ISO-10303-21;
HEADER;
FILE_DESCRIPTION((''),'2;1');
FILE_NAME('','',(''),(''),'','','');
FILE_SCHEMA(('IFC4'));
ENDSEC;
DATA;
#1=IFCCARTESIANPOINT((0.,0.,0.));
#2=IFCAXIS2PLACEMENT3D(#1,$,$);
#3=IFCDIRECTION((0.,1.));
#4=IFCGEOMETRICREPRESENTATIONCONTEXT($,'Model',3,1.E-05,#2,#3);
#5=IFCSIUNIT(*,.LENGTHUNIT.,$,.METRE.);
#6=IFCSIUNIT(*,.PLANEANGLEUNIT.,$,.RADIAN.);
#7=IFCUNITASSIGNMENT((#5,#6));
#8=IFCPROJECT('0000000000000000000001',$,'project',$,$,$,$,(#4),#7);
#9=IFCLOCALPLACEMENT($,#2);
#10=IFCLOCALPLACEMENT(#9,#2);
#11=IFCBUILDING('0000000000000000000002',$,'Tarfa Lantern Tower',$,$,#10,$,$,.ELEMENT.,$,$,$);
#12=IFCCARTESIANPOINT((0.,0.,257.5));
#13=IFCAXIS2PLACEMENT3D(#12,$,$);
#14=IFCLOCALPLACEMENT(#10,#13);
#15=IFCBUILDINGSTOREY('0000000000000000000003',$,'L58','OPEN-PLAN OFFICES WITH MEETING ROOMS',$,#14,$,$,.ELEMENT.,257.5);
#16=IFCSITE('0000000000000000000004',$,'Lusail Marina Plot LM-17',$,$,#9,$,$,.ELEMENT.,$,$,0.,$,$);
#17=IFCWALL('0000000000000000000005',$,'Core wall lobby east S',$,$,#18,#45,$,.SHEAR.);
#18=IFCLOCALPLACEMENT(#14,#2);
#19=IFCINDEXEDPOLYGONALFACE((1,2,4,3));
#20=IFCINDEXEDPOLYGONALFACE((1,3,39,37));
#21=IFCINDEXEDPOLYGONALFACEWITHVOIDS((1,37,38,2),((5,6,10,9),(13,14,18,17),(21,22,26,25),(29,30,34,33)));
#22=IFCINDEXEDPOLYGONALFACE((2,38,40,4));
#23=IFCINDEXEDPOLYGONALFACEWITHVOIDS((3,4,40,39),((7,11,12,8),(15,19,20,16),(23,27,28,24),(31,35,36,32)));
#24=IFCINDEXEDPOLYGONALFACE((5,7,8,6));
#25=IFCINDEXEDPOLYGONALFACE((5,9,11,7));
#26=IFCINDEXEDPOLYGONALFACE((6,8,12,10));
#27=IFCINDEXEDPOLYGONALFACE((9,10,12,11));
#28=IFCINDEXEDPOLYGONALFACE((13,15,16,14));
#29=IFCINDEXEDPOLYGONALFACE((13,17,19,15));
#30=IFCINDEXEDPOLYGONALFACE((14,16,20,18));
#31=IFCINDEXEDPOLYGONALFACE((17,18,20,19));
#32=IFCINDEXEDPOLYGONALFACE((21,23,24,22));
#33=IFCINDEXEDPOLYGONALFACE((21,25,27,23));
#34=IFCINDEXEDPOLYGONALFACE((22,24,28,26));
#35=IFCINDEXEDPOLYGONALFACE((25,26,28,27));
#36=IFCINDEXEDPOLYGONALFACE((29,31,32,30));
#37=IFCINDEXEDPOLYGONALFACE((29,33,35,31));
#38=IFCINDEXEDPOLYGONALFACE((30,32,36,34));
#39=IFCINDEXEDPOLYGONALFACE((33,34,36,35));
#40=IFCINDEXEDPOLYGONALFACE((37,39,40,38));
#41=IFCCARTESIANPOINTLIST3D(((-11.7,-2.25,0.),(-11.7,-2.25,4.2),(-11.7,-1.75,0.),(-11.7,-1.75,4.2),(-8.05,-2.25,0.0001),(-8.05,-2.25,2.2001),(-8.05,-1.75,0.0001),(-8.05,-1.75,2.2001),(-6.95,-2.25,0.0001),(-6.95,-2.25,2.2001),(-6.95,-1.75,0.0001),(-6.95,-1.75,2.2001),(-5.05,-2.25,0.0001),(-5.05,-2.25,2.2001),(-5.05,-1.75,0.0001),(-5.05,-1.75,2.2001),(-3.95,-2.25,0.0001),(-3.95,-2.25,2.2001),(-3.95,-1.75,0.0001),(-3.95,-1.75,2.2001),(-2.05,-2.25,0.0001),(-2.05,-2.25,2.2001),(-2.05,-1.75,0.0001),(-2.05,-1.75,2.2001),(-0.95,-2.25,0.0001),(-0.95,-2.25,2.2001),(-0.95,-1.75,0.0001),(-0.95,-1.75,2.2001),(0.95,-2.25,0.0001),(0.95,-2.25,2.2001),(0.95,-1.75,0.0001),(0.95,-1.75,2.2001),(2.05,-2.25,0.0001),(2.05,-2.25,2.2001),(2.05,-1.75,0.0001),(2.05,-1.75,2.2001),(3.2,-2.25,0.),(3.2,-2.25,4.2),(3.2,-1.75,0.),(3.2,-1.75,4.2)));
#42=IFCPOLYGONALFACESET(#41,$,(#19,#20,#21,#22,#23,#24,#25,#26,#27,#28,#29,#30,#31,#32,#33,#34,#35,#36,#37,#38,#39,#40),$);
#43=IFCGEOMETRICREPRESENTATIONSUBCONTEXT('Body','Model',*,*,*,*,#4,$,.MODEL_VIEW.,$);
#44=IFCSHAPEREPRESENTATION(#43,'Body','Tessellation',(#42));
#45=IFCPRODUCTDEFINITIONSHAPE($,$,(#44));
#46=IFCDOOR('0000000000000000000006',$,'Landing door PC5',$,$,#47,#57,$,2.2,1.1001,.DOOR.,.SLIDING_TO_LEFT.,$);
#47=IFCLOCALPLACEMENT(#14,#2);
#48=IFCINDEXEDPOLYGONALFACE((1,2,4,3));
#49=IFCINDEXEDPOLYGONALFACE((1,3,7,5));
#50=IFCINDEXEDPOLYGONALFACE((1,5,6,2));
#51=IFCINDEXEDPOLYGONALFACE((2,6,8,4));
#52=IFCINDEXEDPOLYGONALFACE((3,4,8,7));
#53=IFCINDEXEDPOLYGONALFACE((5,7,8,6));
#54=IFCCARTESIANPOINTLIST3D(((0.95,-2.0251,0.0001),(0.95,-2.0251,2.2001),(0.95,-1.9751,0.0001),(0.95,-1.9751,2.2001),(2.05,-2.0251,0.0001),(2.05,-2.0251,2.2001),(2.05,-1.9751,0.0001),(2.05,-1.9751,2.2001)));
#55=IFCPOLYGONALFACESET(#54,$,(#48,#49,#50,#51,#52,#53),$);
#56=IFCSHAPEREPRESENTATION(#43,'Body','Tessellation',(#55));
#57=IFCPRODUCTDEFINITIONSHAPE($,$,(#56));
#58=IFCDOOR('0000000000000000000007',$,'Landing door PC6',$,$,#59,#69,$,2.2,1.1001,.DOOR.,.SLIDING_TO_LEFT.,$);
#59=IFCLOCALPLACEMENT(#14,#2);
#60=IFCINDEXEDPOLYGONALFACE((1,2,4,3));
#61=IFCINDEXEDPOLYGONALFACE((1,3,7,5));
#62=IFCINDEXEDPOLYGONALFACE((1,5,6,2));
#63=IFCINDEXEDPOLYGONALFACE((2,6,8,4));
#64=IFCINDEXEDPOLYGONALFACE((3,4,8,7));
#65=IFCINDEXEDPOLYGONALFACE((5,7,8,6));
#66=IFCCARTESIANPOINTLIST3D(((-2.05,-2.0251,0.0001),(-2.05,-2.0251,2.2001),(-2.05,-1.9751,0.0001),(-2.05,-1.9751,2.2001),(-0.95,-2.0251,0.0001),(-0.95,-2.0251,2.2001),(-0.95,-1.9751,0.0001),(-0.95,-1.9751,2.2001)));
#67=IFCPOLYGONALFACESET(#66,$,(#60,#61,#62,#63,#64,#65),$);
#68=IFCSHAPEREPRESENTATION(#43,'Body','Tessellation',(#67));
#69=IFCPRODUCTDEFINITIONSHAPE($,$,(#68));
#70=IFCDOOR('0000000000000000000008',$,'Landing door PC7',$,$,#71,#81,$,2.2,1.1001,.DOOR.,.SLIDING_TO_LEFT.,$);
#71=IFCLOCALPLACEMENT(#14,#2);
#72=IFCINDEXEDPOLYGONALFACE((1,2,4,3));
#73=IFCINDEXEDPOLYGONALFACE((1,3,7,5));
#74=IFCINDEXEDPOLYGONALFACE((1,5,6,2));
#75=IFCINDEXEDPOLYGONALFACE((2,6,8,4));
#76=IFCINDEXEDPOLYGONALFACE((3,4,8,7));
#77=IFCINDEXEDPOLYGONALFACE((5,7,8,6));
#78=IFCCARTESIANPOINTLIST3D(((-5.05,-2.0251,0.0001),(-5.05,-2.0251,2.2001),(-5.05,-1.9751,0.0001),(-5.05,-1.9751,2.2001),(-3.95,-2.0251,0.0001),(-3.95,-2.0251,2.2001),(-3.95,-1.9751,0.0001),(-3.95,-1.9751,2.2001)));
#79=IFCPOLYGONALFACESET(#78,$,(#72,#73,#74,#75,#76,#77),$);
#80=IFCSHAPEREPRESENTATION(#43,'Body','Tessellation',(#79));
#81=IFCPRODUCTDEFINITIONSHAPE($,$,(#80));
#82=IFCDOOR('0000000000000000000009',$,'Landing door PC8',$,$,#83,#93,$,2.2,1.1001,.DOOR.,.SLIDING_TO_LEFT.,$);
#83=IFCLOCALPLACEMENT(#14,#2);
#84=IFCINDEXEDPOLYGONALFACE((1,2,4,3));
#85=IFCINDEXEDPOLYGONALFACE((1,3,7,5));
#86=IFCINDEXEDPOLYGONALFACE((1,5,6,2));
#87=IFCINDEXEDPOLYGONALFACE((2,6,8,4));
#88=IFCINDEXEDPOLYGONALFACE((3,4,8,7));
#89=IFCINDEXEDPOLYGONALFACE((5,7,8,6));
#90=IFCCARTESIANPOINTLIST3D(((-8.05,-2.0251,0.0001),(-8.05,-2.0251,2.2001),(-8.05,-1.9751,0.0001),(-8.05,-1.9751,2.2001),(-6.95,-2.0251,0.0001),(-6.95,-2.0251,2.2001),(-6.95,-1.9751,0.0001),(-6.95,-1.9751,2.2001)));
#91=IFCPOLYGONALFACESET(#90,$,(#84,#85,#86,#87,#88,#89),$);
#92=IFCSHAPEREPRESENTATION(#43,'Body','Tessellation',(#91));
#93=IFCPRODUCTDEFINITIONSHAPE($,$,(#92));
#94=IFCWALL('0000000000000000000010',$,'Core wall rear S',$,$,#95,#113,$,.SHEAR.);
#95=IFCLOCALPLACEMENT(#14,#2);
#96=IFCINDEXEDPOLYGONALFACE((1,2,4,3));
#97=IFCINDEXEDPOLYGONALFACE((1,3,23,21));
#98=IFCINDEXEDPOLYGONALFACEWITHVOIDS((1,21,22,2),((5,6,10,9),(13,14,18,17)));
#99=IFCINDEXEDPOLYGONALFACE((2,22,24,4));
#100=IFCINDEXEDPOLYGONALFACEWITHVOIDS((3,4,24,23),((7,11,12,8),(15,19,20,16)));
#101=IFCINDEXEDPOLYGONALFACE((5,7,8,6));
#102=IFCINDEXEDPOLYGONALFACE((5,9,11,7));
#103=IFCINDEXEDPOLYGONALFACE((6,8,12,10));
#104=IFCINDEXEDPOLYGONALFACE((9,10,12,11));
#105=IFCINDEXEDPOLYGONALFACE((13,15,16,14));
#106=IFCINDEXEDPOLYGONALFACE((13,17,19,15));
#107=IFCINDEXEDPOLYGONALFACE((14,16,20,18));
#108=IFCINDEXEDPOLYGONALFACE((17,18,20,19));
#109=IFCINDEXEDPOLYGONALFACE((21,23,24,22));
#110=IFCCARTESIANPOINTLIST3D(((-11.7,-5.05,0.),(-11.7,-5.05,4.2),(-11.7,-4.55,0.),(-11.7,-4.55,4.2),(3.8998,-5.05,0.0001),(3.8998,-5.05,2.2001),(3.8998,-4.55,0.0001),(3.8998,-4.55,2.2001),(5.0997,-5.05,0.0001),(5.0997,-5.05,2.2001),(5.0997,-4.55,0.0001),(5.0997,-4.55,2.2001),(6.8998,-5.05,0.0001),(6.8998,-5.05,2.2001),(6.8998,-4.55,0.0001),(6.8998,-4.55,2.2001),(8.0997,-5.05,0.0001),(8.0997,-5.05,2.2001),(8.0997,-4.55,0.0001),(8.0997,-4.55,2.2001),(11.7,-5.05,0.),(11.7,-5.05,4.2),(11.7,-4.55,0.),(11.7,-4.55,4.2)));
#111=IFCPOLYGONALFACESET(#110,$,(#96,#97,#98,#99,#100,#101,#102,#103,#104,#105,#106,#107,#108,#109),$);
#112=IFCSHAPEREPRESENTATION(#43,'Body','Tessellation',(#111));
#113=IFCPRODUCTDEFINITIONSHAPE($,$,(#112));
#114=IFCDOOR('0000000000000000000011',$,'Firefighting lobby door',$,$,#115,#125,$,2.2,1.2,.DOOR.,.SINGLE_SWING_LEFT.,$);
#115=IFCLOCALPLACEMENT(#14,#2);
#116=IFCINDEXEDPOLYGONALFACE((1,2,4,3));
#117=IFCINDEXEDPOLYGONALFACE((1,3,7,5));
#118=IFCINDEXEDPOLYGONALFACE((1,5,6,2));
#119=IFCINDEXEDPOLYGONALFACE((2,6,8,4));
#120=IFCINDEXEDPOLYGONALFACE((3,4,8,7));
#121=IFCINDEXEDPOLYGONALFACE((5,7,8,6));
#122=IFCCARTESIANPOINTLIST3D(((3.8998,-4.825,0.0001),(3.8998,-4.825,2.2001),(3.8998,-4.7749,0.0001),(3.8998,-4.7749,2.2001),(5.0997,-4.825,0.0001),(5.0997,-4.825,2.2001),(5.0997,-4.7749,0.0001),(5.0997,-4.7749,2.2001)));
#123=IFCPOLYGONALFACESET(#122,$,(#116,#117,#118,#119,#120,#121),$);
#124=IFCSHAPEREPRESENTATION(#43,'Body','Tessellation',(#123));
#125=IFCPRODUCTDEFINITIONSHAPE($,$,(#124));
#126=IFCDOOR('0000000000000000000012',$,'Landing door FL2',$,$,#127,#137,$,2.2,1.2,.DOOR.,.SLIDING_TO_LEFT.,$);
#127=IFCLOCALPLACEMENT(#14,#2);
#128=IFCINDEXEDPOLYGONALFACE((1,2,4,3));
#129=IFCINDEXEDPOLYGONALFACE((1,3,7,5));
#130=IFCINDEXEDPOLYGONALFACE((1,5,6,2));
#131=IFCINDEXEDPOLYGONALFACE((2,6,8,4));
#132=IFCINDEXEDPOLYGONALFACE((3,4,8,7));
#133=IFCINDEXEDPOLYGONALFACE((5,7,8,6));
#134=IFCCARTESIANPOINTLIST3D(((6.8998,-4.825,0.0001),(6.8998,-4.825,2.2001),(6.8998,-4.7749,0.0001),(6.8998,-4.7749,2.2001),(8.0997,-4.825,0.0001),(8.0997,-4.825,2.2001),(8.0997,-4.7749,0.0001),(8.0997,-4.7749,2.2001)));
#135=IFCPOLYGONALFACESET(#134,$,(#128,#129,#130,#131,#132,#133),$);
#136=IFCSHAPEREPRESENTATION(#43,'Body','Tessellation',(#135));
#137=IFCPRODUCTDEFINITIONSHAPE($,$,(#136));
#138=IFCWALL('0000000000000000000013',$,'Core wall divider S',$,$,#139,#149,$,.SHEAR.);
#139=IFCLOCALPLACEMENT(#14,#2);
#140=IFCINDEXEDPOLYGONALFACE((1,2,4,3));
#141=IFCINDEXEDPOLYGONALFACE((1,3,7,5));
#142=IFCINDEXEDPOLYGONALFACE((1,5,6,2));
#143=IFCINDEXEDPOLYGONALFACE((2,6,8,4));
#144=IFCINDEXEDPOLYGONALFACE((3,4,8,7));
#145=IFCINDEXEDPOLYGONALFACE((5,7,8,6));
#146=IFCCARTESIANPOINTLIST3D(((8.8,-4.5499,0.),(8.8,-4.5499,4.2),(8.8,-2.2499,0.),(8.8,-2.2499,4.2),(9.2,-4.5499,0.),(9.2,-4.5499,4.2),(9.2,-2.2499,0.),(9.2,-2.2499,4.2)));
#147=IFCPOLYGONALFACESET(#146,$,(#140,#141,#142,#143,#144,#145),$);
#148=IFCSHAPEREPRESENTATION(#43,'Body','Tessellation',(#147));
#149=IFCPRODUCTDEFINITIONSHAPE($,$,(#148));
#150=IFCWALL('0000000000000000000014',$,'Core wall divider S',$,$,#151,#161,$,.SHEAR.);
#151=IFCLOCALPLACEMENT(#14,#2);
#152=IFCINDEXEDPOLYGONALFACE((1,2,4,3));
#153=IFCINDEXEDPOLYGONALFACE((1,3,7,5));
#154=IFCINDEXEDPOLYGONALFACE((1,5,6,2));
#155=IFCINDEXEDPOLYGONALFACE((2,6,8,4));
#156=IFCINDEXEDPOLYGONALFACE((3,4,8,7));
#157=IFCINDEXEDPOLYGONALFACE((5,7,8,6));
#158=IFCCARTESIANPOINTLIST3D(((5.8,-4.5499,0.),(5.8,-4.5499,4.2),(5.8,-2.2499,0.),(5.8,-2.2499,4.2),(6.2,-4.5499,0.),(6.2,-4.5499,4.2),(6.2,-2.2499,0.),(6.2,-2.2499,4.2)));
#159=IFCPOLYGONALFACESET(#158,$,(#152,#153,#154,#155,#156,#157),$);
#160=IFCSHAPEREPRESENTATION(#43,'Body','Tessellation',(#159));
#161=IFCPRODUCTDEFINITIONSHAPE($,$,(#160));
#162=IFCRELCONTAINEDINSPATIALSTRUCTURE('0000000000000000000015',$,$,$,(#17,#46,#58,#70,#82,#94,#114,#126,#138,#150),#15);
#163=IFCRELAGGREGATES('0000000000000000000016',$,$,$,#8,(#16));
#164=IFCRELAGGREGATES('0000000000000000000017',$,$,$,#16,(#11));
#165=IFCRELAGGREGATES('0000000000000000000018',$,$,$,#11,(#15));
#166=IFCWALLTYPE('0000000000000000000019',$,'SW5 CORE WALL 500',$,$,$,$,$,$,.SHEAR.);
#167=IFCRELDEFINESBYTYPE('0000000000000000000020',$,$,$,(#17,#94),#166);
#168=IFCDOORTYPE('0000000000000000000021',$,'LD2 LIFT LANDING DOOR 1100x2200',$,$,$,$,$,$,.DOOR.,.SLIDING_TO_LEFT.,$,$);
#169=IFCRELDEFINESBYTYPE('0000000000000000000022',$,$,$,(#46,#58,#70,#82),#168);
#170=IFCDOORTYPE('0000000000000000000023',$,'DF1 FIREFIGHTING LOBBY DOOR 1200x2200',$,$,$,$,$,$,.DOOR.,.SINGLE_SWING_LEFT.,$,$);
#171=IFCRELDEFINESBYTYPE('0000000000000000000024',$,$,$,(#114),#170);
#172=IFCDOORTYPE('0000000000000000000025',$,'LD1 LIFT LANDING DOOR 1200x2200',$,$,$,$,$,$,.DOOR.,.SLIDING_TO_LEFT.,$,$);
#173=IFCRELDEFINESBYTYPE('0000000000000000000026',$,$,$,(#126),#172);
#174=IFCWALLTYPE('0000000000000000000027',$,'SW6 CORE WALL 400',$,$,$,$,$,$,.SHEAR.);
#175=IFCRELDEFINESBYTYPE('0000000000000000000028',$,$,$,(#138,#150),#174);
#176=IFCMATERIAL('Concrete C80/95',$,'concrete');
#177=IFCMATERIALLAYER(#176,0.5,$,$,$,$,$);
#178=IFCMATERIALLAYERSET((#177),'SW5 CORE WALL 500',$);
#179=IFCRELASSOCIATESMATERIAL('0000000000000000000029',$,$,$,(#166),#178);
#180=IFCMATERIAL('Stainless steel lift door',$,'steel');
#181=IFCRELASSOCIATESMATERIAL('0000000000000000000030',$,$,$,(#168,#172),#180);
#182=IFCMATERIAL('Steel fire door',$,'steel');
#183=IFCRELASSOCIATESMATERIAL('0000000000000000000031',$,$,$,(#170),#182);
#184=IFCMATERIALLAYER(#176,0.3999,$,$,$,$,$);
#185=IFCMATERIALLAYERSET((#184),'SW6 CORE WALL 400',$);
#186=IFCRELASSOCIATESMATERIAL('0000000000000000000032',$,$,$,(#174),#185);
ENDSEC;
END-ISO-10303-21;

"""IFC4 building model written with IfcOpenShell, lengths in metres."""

from ifc_helpers import new_model, si_unit, direction, frame, frame_2d, origin, place, context, subcontext, project, spatial, rectangle, extrude, material, layer, layer_set, type_object, element, fill, save


model = new_model("IFC4")

# Units and contexts
model_context = context("Model", 3, precision=1e-05, world=origin(), true_north=direction((0.0, 1.0)))
body_context = subcontext(model_context, "Body", "Model", "MODEL_VIEW")
ifc_project = project(units=[si_unit("LENGTHUNIT", "METRE"), si_unit("PLANEANGLEUNIT", "RADIAN")], contexts=[model_context])

# Site, building, storey
site_placement = place(None, origin())
site = spatial("IfcSite", under=ifc_project, at=site_placement, Name="Lusail Marina Plot LM-17", CompositionType="ELEMENT", RefElevation=0.0)
building_placement = place(site_placement, origin())
building = spatial("IfcBuilding", under=site, at=building_placement, Name="Tarfa Lantern Tower", CompositionType="ELEMENT")
storey_placement = place(building_placement, frame((0.0, 0.0, 257.5)))
storey = spatial("IfcBuildingStorey", under=building, at=storey_placement, Name="L58", Description="OPEN-PLAN OFFICES WITH MEETING ROOMS", CompositionType="ELEMENT", Elevation=257.5)

# Shared definitions
ifc_material_1 = material(Name="Concrete C80/95", Category="concrete")

# Shared definitions
ifc_material_2 = material(Name="Steel fire door", Category="steel")

# Shared definitions
ifc_layer_1 = layer(ifc_material_1, 0.5)
ifc_layer_set_1 = layer_set([ifc_layer_1], Name="SW5 CORE WALL 500")
wall_type_1 = type_object("IfcWallType", Name="SW5 CORE WALL 500", PredefinedType="SHEAR", material=ifc_layer_set_1)

# Walls, openings, doors
wall_1_placement = place(storey_placement, frame((3.2, -2.0, 0.0), z_axis=(0.0, 0.0, 1.0), x_axis=(-1.0, 0.0, 0.0)))
wall_1 = element("IfcWall", 1, at=wall_1_placement, inside=storey, type_object=wall_type_1, Name="Core wall lobby east S", PredefinedType="SHEAR", context=body_context, shape_type="SweptSolid", body=[
    extrude(rectangle(XDim=14.8999, YDim=0.5, at=frame_2d((7.45, 0.0))), origin(), (0.0, 0.0, 1.0), 4.2),
])
opening_1_placement = place(wall_1_placement, frame((1.1499, 0.0, 0.0)))
opening_1 = element("IfcOpeningElement", 2, at=opening_1_placement, cuts=wall_1, PredefinedType="OPENING", context=body_context, shape_type="SweptSolid", body=[
    extrude(rectangle(XDim=1.1001, YDim=2.2, at=frame_2d((0.55, 1.1001))), frame((0.0, 0.26, 0.0), z_axis=(0.0, -1.0, 0.0), x_axis=(1.0, 0.0, 0.0)), (0.0, 0.0, 1.0), 0.52),
])
opening_2_placement = place(wall_1_placement, frame((4.1499, 0.0, 0.0)))
opening_2 = element("IfcOpeningElement", 3, at=opening_2_placement, cuts=wall_1, PredefinedType="OPENING", context=body_context, shape_type="SweptSolid", body=[
    extrude(rectangle(XDim=1.1001, YDim=2.2, at=frame_2d((0.55, 1.1001))), frame((0.0, 0.26, 0.0), z_axis=(0.0, -1.0, 0.0), x_axis=(1.0, 0.0, 0.0)), (0.0, 0.0, 1.0), 0.52),
])
opening_3_placement = place(wall_1_placement, frame((7.1499, 0.0, 0.0)))
opening_3 = element("IfcOpeningElement", 4, at=opening_3_placement, cuts=wall_1, PredefinedType="OPENING", context=body_context, shape_type="SweptSolid", body=[
    extrude(rectangle(XDim=1.1001, YDim=2.2, at=frame_2d((0.55, 1.1001))), frame((0.0, 0.26, 0.0), z_axis=(0.0, -1.0, 0.0), x_axis=(1.0, 0.0, 0.0)), (0.0, 0.0, 1.0), 0.52),
])
opening_4_placement = place(wall_1_placement, frame((10.1499, 0.0, 0.0)))
opening_4 = element("IfcOpeningElement", 5, at=opening_4_placement, cuts=wall_1, PredefinedType="OPENING", context=body_context, shape_type="SweptSolid", body=[
    extrude(rectangle(XDim=1.1001, YDim=2.2, at=frame_2d((0.55, 1.1001))), frame((0.0, 0.26, 0.0), z_axis=(0.0, -1.0, 0.0), x_axis=(1.0, 0.0, 0.0)), (0.0, 0.0, 1.0), 0.52),
])
ifc_material_3 = material(Name="Stainless steel lift door", Category="steel")
door_type_1 = type_object("IfcDoorType", Name="LD2 LIFT LANDING DOOR 1100x2200", OperationType="SLIDING_TO_LEFT", PredefinedType="DOOR", material=ifc_material_3)
door_1_placement = place(opening_1_placement, frame((1.1001, 0.0, 0.0), z_axis=(0.0, 0.0, 1.0), x_axis=(-1.0, 0.0, 0.0)))
door_1 = element("IfcDoor", 6, at=door_1_placement, inside=storey, type_object=door_type_1, Name="Landing door PC5", OperationType="SLIDING_TO_LEFT", OverallHeight=2.2, OverallWidth=1.1001, PredefinedType="DOOR", context=body_context, shape_type="SweptSolid", body=[
    extrude(rectangle(XDim=1.1001, YDim=2.2, at=frame_2d((0.55, 1.1001))), frame((0.0, 0.0249, 0.0), z_axis=(0.0, -1.0, 0.0), x_axis=(1.0, 0.0, 0.0)), (0.0, 0.0, 1.0), 0.05),
])
fill(opening_1, door_1)
door_2_placement = place(opening_2_placement, frame((1.1001, 0.0, 0.0), z_axis=(0.0, 0.0, 1.0), x_axis=(-1.0, 0.0, 0.0)))
door_2 = element("IfcDoor", 7, at=door_2_placement, inside=storey, type_object=door_type_1, Name="Landing door PC6", OperationType="SLIDING_TO_LEFT", OverallHeight=2.2, OverallWidth=1.1001, PredefinedType="DOOR", context=body_context, shape_type="SweptSolid", body=[
    extrude(rectangle(XDim=1.1001, YDim=2.2, at=frame_2d((0.55, 1.1001))), frame((0.0, 0.0249, 0.0), z_axis=(0.0, -1.0, 0.0), x_axis=(1.0, 0.0, 0.0)), (0.0, 0.0, 1.0), 0.05),
])
fill(opening_2, door_2)
door_3_placement = place(opening_3_placement, frame((1.1001, 0.0, 0.0), z_axis=(0.0, 0.0, 1.0), x_axis=(-1.0, 0.0, 0.0)))
door_3 = element("IfcDoor", 8, at=door_3_placement, inside=storey, type_object=door_type_1, Name="Landing door PC7", OperationType="SLIDING_TO_LEFT", OverallHeight=2.2, OverallWidth=1.1001, PredefinedType="DOOR", context=body_context, shape_type="SweptSolid", body=[
    extrude(rectangle(XDim=1.1001, YDim=2.2, at=frame_2d((0.55, 1.1001))), frame((0.0, 0.0249, 0.0), z_axis=(0.0, -1.0, 0.0), x_axis=(1.0, 0.0, 0.0)), (0.0, 0.0, 1.0), 0.05),
])
fill(opening_3, door_3)
door_4_placement = place(opening_4_placement, frame((1.1001, 0.0, 0.0), z_axis=(0.0, 0.0, 1.0), x_axis=(-1.0, 0.0, 0.0)))
door_4 = element("IfcDoor", 9, at=door_4_placement, inside=storey, type_object=door_type_1, Name="Landing door PC8", OperationType="SLIDING_TO_LEFT", OverallHeight=2.2, OverallWidth=1.1001, PredefinedType="DOOR", context=body_context, shape_type="SweptSolid", body=[
    extrude(rectangle(XDim=1.1001, YDim=2.2, at=frame_2d((0.55, 1.1001))), frame((0.0, 0.0249, 0.0), z_axis=(0.0, -1.0, 0.0), x_axis=(1.0, 0.0, 0.0)), (0.0, 0.0, 1.0), 0.05),
])
fill(opening_4, door_4)
wall_2_placement = place(storey_placement, frame((11.7, -4.8, 0.0), z_axis=(0.0, 0.0, 1.0), x_axis=(-1.0, 0.0, 0.0)))
wall_2 = element("IfcWall", 10, at=wall_2_placement, inside=storey, type_object=wall_type_1, Name="Core wall rear S", PredefinedType="SHEAR", context=body_context, shape_type="SweptSolid", body=[
    extrude(rectangle(XDim=23.3999, YDim=0.5, at=frame_2d((11.7, 0.0))), origin(), (0.0, 0.0, 1.0), 4.2),
])
opening_5_placement = place(wall_2_placement, frame((6.6001, 0.0, 0.0)))
opening_5 = element("IfcOpeningElement", 11, at=opening_5_placement, cuts=wall_2, PredefinedType="OPENING", context=body_context, shape_type="SweptSolid", body=[
    extrude(rectangle(XDim=1.2, YDim=2.2, at=frame_2d((0.6001, 1.1001))), frame((0.0, 0.26, 0.0), z_axis=(0.0, -1.0, 0.0), x_axis=(1.0, 0.0, 0.0)), (0.0, 0.0, 1.0), 0.52),
])
opening_6_placement = place(wall_2_placement, frame((3.6001, 0.0, 0.0)))
opening_6 = element("IfcOpeningElement", 12, at=opening_6_placement, cuts=wall_2, PredefinedType="OPENING", context=body_context, shape_type="SweptSolid", body=[
    extrude(rectangle(XDim=1.2, YDim=2.2, at=frame_2d((0.6001, 1.1001))), frame((0.0, 0.26, 0.0), z_axis=(0.0, -1.0, 0.0), x_axis=(1.0, 0.0, 0.0)), (0.0, 0.0, 1.0), 0.52),
])
door_type_2 = type_object("IfcDoorType", Name="DF1 FIREFIGHTING LOBBY DOOR 1200x2200", OperationType="SINGLE_SWING_LEFT", PredefinedType="DOOR", material=ifc_material_2)
door_5_placement = place(opening_5_placement, origin())
door_5 = element("IfcDoor", 13, at=door_5_placement, inside=storey, type_object=door_type_2, Name="Firefighting lobby door", OperationType="SINGLE_SWING_LEFT", OverallHeight=2.2, OverallWidth=1.2, PredefinedType="DOOR", context=body_context, shape_type="SweptSolid", body=[
    extrude(rectangle(XDim=1.2, YDim=2.2, at=frame_2d((0.6001, 1.1001))), frame((0.0, 0.0249, 0.0), z_axis=(0.0, -1.0, 0.0), x_axis=(1.0, 0.0, 0.0)), (0.0, 0.0, 1.0), 0.05),
])
fill(opening_5, door_5)
door_type_3 = type_object("IfcDoorType", Name="LD1 LIFT LANDING DOOR 1200x2200", OperationType="SLIDING_TO_LEFT", PredefinedType="DOOR", material=ifc_material_3)
door_6_placement = place(opening_6_placement, origin())
door_6 = element("IfcDoor", 14, at=door_6_placement, inside=storey, type_object=door_type_3, Name="Landing door FL2", OperationType="SLIDING_TO_LEFT", OverallHeight=2.2, OverallWidth=1.2, PredefinedType="DOOR", context=body_context, shape_type="SweptSolid", body=[
    extrude(rectangle(XDim=1.2, YDim=2.2, at=frame_2d((0.6001, 1.1001))), frame((0.0, 0.0249, 0.0), z_axis=(0.0, -1.0, 0.0), x_axis=(1.0, 0.0, 0.0)), (0.0, 0.0, 1.0), 0.05),
])
fill(opening_6, door_6)

# Walls
ifc_layer_2 = layer(ifc_material_1, 0.3999)
ifc_layer_set_2 = layer_set([ifc_layer_2], Name="SW6 CORE WALL 400")
wall_type_2 = type_object("IfcWallType", Name="SW6 CORE WALL 400", PredefinedType="SHEAR", material=ifc_layer_set_2)
for number, where, z_axis, x_axis, name in (
    (15, (9.0, -2.25, 0.0), (0.0, 0.0, 1.0), (0.0, -1.0, 0.0), "Core wall divider S"),
    (16, (6.0, -2.25, 0.0), (0.0, 0.0, 1.0), (0.0, -1.0, 0.0), "Core wall divider S"),
):
    element("IfcWall", number, at=place(storey_placement, frame(where, z_axis=z_axis, x_axis=x_axis)), inside=storey, type_object=wall_type_2, Name=name, PredefinedType="SHEAR", context=body_context, shape_type="SweptSolid", body=[
        extrude(rectangle(XDim=2.3, YDim=0.3999, at=frame_2d((1.1499, 0.0))), origin(), (0.0, 0.0, 1.0), 4.2),
    ])

save(model, "model.ifc")
